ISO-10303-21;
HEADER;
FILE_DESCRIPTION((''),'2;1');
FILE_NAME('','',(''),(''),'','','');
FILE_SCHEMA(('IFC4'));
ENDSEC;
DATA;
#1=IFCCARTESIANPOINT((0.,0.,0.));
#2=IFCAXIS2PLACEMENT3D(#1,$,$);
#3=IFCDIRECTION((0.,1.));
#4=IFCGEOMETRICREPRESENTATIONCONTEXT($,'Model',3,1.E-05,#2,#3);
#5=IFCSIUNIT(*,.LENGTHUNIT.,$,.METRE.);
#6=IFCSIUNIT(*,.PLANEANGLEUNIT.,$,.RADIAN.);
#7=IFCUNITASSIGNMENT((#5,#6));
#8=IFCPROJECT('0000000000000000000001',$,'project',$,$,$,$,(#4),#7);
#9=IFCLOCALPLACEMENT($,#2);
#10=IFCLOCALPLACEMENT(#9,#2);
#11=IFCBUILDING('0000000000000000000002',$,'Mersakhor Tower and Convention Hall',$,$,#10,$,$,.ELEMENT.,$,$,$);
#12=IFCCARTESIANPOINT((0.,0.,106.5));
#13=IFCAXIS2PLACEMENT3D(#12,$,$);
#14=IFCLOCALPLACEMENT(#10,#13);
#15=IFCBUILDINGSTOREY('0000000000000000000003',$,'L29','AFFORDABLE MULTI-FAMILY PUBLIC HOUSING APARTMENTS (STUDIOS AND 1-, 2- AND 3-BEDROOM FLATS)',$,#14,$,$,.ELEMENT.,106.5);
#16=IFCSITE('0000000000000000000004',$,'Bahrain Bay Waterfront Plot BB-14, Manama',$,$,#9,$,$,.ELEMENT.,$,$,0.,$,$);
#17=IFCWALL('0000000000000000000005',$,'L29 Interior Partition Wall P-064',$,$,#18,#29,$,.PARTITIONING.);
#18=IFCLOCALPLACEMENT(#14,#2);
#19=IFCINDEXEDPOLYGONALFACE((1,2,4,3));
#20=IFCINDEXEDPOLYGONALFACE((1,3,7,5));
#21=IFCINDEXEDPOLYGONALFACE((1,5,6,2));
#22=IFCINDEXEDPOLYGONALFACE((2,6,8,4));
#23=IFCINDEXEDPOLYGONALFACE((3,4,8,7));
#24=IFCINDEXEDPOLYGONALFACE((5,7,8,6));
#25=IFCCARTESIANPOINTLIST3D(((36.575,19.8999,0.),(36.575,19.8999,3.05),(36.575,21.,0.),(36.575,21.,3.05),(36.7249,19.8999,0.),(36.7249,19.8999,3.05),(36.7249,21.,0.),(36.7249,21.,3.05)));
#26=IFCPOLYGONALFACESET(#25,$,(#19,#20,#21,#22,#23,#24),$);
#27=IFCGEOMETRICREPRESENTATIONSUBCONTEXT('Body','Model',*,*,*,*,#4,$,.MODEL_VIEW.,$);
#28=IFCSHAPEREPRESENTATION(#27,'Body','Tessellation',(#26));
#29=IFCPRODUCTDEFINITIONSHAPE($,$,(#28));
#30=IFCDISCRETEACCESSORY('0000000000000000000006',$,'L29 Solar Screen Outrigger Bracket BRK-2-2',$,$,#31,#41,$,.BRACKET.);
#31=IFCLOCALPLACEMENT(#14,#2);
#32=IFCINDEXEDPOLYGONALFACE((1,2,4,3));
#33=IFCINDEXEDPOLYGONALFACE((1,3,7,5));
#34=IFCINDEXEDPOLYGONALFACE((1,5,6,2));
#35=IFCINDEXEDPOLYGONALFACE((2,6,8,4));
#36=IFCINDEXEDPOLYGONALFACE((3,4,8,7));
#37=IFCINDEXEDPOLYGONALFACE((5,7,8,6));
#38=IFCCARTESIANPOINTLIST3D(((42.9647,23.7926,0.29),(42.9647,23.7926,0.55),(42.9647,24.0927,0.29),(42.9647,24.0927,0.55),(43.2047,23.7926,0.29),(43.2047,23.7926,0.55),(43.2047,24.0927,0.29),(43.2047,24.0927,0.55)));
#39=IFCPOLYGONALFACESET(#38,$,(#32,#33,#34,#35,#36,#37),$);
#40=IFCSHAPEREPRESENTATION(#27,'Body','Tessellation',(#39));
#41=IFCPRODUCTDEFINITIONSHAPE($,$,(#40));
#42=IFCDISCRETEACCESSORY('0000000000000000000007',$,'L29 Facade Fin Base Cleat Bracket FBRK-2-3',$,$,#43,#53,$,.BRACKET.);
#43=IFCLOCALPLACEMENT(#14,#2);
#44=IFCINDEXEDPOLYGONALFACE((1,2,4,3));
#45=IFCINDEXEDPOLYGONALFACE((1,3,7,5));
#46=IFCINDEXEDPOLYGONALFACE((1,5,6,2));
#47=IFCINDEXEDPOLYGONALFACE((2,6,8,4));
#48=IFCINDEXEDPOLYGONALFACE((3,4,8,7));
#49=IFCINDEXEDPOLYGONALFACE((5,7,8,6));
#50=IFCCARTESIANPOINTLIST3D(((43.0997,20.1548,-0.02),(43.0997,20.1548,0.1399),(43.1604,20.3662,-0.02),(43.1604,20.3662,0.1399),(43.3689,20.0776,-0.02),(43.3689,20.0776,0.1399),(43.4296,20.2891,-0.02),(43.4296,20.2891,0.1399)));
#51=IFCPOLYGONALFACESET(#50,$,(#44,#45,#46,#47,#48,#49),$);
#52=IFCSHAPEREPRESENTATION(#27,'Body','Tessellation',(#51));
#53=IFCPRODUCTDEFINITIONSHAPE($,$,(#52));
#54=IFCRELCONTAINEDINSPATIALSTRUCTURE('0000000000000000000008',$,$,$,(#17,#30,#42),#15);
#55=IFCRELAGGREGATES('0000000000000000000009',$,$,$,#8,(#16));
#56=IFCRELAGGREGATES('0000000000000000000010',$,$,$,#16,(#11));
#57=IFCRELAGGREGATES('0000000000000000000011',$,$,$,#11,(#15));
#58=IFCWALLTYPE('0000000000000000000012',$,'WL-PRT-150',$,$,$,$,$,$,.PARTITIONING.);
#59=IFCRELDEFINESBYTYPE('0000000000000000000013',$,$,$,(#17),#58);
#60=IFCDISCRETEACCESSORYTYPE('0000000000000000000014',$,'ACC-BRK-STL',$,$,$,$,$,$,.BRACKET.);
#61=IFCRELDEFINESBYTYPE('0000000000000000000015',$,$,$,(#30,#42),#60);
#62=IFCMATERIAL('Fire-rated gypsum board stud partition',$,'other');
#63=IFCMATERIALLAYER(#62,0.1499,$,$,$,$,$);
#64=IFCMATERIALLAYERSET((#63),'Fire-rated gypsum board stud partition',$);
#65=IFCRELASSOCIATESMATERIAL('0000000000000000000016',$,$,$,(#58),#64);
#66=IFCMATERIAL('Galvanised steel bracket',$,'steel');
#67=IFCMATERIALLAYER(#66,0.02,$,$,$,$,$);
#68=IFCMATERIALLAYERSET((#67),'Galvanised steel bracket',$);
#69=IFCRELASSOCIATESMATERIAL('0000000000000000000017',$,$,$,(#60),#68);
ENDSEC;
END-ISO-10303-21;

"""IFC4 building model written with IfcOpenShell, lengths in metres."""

from ifc_helpers import new_model, si_unit, direction, frame, frame_2d, origin, origin_2d, place, context, subcontext, project, spatial, rectangle, extrude, material, layer, layer_set, type_object, element, save


model = new_model("IFC4")

# Units and contexts
model_context = context("Model", 3, precision=1e-05, world=origin(), true_north=direction((0.0, 1.0)))
body_context = subcontext(model_context, "Body", "Model", "MODEL_VIEW")
ifc_project = project(units=[si_unit("LENGTHUNIT", "METRE"), si_unit("PLANEANGLEUNIT", "RADIAN")], contexts=[model_context])

# Site, building, storey
site_placement = place(None, origin())
site = spatial("IfcSite", under=ifc_project, at=site_placement, Name="Bahrain Bay Waterfront Plot BB-14, Manama", CompositionType="ELEMENT", RefElevation=0.0)
building_placement = place(site_placement, origin())
building = spatial("IfcBuilding", under=site, at=building_placement, Name="Mersakhor Tower and Convention Hall", CompositionType="ELEMENT")
storey_placement = place(building_placement, frame((0.0, 0.0, 106.5)))
storey = spatial("IfcBuildingStorey", under=building, at=storey_placement, Name="L29", Description="AFFORDABLE MULTI-FAMILY PUBLIC HOUSING APARTMENTS (STUDIOS AND 1-, 2- AND 3-BEDROOM FLATS)", CompositionType="ELEMENT", Elevation=106.5)

# Wall
ifc_material_1 = material(Name="Fire-rated gypsum board stud partition", Category="other")
ifc_layer_1 = layer(ifc_material_1, 0.1499)
ifc_layer_set_1 = layer_set([ifc_layer_1], Name="Fire-rated gypsum board stud partition")
wall_type_1 = type_object("IfcWallType", Name="WL-PRT-150", PredefinedType="PARTITIONING", material=ifc_layer_set_1)
wall_1_placement = place(storey_placement, frame((36.6499, 19.8999, 0.0), z_axis=(0.0, 0.0, 1.0), x_axis=(0.0, 1.0, 0.0)))
element("IfcWall", 1, at=wall_1_placement, inside=storey, type_object=wall_type_1, Name="L29 Interior Partition Wall P-064", PredefinedType="PARTITIONING", context=body_context, shape_type="SweptSolid", body=[
    extrude(rectangle(XDim=1.1001, YDim=0.1499, at=frame_2d((0.55, 0.0))), origin(), (0.0, 0.0, 1.0), 3.05),
])

# Discrete accessories
ifc_material_2 = material(Name="Galvanised steel bracket", Category="steel")
ifc_layer_2 = layer(ifc_material_2, 0.02)
ifc_layer_set_2 = layer_set([ifc_layer_2], Name="Galvanised steel bracket")
discrete_accessory_type = type_object("IfcDiscreteAccessoryType", Name="ACC-BRK-STL", PredefinedType="BRACKET", material=ifc_layer_set_2)
discrete_accessory_1_placement = place(storey_placement, frame((43.0847, 23.9426, 0.29), z_axis=(0.0, 0.0, 1.0), x_axis=(0.0, -1.0, 0.0)))
element("IfcDiscreteAccessory", 2, at=discrete_accessory_1_placement, inside=storey, type_object=discrete_accessory_type, Name="L29 Solar Screen Outrigger Bracket BRK-2-2", PredefinedType="BRACKET", context=body_context, shape_type="SweptSolid", body=[
    extrude(rectangle(XDim=0.3, YDim=0.24, at=origin_2d()), origin(), (0.0, 0.0, 1.0), 0.26),
])
discrete_accessory_2_placement = place(storey_placement, frame((43.2646, 20.2219, -0.02), z_axis=(0.0, 0.0, 1.0), x_axis=(0.961262, -0.275637, 0.0)))
element("IfcDiscreteAccessory", 3, at=discrete_accessory_2_placement, inside=storey, type_object=discrete_accessory_type, Name="L29 Facade Fin Base Cleat Bracket FBRK-2-3", PredefinedType="BRACKET", context=body_context, shape_type="SweptSolid", body=[
    extrude(rectangle(XDim=0.28, YDim=0.22, at=origin_2d()), origin(), (0.0, 0.0, 1.0), 0.1599),
])

save(model, "model.ifc")
